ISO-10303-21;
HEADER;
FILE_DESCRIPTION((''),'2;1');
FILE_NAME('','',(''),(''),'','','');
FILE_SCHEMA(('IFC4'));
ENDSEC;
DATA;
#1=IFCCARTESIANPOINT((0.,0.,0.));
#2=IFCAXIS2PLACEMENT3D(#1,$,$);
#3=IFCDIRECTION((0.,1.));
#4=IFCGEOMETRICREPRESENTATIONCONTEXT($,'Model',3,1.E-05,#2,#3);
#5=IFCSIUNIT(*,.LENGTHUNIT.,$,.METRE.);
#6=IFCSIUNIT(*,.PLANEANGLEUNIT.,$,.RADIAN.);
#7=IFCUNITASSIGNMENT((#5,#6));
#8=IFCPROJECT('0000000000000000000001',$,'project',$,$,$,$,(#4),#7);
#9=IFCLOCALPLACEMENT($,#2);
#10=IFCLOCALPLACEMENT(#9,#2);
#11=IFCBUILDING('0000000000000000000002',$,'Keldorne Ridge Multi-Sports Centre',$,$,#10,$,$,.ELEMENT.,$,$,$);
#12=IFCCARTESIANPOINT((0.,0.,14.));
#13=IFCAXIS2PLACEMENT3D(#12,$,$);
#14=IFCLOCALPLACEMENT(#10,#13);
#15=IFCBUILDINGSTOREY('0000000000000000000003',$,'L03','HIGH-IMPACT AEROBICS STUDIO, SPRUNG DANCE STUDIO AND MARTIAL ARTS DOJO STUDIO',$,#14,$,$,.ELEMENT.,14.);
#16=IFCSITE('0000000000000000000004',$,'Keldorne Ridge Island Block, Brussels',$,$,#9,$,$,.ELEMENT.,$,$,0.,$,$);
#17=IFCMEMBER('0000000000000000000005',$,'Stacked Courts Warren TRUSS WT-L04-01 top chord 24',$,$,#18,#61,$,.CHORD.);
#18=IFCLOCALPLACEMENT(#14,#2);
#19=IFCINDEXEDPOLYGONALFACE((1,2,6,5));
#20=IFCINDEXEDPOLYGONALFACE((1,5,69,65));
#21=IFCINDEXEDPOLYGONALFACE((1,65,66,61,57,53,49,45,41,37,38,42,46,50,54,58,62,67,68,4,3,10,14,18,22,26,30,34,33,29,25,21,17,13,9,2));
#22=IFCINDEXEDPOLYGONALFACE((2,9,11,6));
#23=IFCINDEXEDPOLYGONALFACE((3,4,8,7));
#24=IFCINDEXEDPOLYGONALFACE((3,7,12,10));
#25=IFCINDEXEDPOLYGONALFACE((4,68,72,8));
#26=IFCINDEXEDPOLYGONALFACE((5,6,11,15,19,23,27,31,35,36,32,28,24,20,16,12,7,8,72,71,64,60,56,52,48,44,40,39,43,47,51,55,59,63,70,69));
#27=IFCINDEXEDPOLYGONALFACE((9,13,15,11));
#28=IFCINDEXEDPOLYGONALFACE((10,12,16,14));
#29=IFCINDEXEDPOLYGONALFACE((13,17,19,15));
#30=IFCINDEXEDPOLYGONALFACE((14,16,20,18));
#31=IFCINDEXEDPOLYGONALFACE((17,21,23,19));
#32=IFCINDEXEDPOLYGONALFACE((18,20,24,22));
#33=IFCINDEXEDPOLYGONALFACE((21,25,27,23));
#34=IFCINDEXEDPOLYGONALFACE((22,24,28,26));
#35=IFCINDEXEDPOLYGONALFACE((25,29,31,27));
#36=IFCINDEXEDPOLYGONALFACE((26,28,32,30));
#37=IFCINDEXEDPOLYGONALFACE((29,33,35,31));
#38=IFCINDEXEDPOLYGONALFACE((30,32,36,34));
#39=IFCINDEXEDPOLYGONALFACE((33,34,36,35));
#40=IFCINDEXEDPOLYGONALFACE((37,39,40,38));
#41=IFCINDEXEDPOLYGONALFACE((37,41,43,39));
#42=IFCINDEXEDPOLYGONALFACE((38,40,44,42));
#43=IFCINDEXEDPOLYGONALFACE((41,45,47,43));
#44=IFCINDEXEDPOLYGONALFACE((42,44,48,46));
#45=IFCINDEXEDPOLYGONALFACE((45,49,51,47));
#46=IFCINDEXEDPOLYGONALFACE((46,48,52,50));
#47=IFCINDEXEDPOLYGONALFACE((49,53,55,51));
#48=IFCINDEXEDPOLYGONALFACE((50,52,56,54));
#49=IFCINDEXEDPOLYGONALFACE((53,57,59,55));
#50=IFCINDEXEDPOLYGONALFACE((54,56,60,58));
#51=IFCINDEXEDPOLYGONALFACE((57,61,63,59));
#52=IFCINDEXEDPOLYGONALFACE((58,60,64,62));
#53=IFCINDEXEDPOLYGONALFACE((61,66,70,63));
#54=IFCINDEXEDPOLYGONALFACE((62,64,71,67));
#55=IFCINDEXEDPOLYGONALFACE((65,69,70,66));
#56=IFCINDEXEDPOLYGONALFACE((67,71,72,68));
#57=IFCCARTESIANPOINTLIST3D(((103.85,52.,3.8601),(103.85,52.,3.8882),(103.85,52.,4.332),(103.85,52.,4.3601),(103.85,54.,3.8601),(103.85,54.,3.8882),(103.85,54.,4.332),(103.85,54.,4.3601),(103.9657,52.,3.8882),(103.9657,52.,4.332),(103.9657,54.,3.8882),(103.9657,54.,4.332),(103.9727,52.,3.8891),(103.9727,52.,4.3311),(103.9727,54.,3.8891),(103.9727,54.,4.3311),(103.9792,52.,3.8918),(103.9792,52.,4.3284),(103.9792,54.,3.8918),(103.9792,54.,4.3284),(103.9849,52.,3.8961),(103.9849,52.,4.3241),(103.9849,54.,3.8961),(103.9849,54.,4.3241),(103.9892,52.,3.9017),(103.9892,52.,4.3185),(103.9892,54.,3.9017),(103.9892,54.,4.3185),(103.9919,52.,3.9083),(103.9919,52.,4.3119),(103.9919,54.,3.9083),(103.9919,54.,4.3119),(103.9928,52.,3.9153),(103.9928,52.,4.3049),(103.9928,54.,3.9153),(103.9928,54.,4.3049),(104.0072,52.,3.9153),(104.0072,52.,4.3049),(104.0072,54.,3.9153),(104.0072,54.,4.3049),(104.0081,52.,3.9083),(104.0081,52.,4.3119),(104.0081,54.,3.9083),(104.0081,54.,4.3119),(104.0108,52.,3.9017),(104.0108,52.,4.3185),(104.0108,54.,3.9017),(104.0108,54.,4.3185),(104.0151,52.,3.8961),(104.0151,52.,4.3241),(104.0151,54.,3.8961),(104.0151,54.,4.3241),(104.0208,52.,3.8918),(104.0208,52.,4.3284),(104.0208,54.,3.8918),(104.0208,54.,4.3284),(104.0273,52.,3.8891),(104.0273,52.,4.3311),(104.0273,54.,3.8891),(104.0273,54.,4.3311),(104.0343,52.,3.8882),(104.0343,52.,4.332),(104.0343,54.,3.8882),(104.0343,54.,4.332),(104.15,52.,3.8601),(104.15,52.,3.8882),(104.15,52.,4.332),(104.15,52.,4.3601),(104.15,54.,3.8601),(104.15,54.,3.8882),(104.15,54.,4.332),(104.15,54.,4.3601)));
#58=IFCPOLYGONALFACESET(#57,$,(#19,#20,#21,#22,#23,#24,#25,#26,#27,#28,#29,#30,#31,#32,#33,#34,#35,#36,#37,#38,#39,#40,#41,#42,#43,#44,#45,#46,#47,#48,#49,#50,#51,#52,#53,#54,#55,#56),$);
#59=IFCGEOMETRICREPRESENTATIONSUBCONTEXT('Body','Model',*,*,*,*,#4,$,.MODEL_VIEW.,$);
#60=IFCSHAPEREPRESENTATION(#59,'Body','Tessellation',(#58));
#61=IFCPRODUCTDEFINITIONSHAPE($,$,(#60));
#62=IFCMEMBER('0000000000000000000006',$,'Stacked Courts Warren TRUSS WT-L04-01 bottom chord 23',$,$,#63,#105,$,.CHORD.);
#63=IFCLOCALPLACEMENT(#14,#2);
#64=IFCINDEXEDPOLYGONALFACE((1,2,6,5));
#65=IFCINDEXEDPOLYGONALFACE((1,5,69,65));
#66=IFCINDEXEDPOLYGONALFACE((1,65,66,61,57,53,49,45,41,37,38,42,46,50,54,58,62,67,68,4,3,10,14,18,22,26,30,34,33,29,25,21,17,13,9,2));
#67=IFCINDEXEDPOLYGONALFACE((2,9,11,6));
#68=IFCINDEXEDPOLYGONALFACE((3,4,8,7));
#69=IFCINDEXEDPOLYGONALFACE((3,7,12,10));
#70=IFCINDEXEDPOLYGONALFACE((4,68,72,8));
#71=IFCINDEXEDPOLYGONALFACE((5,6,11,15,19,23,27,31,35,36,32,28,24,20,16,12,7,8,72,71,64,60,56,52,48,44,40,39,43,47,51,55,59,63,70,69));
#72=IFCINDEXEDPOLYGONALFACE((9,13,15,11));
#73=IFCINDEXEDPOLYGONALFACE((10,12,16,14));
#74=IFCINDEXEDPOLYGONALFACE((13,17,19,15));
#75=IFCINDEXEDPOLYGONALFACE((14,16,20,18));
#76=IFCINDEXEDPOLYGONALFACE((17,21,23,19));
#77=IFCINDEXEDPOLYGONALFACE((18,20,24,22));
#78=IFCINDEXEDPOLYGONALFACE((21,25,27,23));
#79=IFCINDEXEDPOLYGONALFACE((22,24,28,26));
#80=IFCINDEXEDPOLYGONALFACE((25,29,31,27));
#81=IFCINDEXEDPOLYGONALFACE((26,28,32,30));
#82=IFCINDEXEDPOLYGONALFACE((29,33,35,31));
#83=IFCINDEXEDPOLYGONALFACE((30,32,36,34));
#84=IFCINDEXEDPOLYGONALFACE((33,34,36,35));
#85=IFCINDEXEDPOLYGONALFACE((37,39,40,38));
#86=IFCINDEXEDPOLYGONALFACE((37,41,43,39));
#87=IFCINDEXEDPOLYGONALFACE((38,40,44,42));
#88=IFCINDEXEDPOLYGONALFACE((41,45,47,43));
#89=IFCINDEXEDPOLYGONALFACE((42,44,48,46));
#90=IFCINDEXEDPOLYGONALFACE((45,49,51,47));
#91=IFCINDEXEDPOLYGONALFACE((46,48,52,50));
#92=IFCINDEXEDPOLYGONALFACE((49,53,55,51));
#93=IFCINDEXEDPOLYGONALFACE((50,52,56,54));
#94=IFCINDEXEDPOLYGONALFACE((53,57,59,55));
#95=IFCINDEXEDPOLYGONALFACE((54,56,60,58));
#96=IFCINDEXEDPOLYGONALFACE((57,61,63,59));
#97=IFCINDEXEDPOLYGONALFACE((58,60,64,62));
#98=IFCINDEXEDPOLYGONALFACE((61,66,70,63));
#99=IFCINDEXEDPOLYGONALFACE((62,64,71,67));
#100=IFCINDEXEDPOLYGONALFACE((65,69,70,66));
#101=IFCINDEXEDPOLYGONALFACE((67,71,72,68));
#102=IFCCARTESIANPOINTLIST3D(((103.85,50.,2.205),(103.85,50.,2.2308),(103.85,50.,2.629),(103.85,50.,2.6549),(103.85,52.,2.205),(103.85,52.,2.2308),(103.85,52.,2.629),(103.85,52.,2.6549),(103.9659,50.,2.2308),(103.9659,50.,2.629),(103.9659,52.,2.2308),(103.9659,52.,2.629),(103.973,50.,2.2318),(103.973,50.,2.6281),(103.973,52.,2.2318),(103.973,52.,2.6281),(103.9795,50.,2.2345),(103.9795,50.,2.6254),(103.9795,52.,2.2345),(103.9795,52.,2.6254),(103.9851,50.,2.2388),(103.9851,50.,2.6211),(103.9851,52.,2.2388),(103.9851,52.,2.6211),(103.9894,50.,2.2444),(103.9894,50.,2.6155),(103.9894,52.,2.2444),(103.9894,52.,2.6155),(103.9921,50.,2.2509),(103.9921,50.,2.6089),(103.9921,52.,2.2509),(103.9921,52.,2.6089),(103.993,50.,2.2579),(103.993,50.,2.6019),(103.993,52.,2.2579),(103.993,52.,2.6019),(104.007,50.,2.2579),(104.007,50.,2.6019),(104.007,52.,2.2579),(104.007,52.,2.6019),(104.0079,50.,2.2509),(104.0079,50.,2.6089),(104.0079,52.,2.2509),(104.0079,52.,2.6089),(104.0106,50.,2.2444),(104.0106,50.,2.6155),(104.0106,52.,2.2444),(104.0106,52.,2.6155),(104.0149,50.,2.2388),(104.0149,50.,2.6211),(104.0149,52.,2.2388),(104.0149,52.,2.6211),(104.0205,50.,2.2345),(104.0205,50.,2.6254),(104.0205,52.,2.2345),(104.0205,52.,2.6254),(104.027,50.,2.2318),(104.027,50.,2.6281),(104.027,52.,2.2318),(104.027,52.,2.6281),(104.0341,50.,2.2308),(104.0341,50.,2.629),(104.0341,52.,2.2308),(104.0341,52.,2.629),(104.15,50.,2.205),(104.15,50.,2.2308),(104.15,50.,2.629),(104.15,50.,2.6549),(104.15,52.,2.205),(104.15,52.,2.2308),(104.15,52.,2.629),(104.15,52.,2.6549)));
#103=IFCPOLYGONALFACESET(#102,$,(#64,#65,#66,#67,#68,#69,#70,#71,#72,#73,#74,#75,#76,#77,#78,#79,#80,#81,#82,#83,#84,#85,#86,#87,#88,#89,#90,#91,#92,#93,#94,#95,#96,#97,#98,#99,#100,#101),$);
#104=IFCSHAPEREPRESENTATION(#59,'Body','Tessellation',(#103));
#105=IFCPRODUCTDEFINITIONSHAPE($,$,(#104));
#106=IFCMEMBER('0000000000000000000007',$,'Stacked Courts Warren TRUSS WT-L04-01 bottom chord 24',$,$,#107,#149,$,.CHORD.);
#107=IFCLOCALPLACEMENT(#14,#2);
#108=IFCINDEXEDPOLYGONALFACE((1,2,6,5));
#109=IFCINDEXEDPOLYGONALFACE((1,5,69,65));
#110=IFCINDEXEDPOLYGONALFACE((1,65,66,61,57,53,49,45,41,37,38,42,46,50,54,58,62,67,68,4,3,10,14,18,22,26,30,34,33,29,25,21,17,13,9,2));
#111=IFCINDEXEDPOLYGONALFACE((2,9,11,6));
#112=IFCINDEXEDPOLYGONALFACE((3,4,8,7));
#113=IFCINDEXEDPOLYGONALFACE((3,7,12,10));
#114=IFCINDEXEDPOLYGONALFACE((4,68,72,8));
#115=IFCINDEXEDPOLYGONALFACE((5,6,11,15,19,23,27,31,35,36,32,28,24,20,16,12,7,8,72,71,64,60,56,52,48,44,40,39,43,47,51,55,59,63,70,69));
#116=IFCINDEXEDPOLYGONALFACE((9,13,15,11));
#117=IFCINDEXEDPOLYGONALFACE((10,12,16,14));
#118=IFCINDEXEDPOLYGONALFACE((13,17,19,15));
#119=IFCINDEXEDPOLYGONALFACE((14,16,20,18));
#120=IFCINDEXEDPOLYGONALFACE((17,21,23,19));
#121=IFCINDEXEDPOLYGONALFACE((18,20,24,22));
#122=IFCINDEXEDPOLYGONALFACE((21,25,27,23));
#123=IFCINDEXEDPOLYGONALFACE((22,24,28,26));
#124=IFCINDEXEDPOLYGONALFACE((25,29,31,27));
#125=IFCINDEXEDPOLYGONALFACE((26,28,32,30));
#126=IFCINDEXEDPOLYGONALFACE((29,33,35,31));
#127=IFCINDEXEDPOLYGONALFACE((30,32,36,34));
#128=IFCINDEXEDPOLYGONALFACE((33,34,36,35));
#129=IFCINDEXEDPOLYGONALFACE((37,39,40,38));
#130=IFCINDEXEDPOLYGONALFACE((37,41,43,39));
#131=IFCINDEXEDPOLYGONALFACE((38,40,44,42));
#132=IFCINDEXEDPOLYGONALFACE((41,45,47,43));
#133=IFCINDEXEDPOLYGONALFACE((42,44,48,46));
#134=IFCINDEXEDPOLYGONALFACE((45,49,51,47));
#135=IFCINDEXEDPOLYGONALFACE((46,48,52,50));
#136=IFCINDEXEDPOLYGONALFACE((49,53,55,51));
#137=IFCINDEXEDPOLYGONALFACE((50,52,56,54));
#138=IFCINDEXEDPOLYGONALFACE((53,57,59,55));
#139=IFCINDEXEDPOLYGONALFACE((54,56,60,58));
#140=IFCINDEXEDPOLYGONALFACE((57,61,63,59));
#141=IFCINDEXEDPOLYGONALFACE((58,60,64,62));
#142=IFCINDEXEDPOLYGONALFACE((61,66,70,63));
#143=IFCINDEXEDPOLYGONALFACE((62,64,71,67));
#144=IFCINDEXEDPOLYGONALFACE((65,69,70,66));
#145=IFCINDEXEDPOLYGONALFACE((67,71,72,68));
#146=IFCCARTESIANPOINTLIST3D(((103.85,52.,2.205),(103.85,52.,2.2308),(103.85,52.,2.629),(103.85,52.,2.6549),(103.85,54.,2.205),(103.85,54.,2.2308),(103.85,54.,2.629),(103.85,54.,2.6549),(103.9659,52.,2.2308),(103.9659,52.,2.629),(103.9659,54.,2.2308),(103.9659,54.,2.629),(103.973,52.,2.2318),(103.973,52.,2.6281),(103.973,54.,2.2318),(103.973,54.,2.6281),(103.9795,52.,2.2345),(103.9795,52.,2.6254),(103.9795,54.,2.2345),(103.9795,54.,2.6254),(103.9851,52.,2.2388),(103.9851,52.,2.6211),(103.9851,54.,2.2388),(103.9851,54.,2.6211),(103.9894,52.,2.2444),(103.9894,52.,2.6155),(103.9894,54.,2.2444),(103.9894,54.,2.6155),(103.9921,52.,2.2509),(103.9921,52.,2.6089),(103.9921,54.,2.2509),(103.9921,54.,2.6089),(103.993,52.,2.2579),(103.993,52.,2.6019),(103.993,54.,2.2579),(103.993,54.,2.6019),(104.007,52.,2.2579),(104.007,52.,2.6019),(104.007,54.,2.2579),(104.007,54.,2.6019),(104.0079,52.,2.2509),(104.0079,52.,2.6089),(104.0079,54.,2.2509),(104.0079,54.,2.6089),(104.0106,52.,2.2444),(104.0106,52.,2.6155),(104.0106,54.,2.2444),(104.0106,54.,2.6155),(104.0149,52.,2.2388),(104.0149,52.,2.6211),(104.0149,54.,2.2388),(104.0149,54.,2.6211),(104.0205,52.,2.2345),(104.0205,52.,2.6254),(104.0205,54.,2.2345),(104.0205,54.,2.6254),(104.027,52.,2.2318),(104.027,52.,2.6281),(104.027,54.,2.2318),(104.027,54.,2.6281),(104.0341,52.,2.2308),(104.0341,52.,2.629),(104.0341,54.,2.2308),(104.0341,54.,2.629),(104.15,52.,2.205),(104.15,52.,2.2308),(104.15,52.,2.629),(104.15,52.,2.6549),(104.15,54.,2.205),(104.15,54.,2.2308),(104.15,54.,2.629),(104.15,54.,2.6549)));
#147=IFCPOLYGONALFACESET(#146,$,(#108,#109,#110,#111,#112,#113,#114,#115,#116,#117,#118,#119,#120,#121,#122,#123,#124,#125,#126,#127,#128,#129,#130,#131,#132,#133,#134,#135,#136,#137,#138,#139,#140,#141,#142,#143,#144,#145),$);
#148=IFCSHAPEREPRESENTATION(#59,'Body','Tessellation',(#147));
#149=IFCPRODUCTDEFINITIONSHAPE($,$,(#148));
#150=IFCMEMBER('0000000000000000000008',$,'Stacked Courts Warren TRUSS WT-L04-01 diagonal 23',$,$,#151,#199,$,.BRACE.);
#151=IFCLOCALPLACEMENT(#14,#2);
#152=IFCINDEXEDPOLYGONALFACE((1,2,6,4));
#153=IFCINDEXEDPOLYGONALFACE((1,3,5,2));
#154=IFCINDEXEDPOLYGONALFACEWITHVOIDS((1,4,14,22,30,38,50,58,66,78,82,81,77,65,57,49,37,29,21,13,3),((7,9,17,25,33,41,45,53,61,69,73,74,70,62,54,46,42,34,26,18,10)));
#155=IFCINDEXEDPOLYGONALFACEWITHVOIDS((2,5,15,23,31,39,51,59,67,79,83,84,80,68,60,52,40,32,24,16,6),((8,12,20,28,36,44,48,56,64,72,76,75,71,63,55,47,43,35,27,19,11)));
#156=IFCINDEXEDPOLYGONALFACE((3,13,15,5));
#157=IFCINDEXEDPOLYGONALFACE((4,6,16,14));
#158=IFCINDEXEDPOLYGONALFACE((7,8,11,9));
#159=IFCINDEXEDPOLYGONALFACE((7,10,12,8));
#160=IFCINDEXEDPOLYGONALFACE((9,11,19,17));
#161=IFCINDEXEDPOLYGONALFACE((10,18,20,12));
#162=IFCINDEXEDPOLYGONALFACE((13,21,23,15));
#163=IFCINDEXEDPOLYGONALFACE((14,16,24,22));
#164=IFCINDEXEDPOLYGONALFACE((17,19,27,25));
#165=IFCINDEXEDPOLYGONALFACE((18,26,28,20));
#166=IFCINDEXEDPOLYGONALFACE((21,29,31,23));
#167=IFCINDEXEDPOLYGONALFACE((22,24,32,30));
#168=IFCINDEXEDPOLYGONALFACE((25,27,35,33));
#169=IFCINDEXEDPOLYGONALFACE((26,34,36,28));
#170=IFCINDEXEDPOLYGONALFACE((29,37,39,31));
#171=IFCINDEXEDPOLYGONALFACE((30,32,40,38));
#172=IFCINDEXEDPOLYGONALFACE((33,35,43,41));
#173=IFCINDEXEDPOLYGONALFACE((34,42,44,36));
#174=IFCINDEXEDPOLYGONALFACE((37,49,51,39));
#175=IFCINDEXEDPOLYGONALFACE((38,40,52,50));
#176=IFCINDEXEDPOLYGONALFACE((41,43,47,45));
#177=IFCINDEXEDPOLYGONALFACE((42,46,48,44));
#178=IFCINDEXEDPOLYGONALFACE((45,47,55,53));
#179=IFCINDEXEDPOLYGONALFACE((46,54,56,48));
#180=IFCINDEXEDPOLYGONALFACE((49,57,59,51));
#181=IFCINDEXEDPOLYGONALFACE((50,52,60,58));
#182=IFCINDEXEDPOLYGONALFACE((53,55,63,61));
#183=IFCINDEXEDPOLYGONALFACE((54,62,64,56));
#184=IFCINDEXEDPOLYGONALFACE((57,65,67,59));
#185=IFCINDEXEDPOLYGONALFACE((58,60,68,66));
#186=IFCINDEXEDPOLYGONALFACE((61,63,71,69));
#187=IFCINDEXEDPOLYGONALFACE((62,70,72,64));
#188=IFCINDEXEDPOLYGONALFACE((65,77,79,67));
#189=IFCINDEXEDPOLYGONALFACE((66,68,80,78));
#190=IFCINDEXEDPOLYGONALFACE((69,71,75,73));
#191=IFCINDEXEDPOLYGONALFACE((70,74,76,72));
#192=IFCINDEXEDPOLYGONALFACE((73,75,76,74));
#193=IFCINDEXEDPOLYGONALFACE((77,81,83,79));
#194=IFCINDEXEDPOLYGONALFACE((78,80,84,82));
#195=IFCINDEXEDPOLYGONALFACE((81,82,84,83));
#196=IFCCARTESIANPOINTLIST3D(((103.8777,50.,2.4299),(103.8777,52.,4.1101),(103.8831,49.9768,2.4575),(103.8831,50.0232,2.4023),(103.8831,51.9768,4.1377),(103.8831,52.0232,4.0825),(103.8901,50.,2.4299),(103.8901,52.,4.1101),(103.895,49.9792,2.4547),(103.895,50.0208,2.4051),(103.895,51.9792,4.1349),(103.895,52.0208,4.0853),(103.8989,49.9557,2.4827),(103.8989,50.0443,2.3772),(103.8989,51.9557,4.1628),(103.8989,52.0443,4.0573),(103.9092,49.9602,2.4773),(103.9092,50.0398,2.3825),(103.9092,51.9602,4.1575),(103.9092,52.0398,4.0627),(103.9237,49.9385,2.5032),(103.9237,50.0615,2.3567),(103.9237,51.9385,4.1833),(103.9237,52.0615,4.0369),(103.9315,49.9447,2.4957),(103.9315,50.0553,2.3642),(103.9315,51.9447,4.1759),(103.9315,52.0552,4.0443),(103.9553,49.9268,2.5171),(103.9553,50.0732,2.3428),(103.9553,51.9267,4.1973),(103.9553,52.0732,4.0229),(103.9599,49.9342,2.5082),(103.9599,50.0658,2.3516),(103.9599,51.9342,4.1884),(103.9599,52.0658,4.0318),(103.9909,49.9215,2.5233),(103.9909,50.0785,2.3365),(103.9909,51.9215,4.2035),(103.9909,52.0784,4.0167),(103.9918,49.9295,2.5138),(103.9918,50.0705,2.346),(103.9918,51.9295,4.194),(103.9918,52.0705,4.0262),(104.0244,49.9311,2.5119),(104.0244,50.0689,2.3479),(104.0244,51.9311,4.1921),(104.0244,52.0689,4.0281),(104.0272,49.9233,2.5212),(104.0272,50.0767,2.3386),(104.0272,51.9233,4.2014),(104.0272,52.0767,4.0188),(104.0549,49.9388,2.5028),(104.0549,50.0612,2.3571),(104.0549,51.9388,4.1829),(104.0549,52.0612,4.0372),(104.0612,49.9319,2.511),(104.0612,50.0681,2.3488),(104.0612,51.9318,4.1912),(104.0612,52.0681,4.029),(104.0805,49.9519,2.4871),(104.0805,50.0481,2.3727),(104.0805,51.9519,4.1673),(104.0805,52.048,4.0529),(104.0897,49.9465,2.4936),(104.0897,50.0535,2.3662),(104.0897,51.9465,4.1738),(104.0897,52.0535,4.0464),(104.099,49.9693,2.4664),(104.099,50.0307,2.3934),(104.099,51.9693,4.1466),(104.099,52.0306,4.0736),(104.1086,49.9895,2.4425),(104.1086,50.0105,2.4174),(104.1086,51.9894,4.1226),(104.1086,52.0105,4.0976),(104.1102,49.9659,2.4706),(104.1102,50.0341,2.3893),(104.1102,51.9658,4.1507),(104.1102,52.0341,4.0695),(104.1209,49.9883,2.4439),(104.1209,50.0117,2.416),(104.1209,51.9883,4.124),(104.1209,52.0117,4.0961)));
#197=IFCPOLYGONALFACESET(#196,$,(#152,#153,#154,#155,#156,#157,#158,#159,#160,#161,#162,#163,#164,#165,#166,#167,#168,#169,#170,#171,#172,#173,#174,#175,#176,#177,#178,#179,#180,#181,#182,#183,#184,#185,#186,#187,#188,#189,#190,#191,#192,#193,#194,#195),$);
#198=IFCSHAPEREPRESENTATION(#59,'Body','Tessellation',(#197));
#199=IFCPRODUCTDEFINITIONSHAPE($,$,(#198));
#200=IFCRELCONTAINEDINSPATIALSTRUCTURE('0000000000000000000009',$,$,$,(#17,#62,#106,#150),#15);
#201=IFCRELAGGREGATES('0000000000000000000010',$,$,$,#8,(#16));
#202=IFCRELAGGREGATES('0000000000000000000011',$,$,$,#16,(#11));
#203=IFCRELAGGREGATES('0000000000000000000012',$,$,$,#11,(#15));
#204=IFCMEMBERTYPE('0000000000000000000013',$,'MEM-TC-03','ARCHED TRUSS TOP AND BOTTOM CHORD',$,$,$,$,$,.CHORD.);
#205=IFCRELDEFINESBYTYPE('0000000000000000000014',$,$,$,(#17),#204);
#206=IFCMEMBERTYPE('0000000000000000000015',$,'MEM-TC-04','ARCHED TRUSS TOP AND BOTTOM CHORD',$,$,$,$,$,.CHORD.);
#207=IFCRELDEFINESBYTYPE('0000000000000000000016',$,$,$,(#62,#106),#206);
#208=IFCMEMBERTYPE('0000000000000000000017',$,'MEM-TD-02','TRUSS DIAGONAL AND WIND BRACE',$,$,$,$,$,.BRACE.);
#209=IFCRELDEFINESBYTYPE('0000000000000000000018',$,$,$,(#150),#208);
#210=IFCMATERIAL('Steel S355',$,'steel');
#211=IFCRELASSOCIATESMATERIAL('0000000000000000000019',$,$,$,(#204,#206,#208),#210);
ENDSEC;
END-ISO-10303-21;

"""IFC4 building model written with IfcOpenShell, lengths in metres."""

from ifc_helpers import new_model, si_unit, direction, frame, origin, origin_2d, place, context, subcontext, project, spatial, hollow_circle, i_section, extrude, material, material_profile, profile_set, type_object, element, save


model = new_model("IFC4")

# Units and contexts
model_context = context("Model", 3, precision=1e-05, world=origin(), true_north=direction((0.0, 1.0)))
body_context = subcontext(model_context, "Body", "Model", "MODEL_VIEW")
ifc_project = project(units=[si_unit("LENGTHUNIT", "METRE"), si_unit("PLANEANGLEUNIT", "RADIAN")], contexts=[model_context])

# Site, building, storey
site_placement = place(None, origin())
site = spatial("IfcSite", under=ifc_project, at=site_placement, Name="Keldorne Ridge Island Block, Brussels", CompositionType="ELEMENT", RefElevation=0.0)
building_placement = place(site_placement, origin())
building = spatial("IfcBuilding", under=site, at=building_placement, Name="Keldorne Ridge Multi-Sports Centre", CompositionType="ELEMENT")
storey_placement = place(building_placement, frame((0.0, 0.0, 14.0)))
storey = spatial("IfcBuildingStorey", under=building, at=storey_placement, Name="L03", Description="HIGH-IMPACT AEROBICS STUDIO, SPRUNG DANCE STUDIO AND MARTIAL ARTS DOJO STUDIO", CompositionType="ELEMENT", Elevation=14.0)

# Shared definitions
ifc_material_1 = material(Name="Steel S355", Category="steel")

# Members
ifc_material_profile_1 = material_profile(ifc_material_1, i_section(OverallWidth=0.3, OverallDepth=0.5, WebThickness=0.0144, FlangeThickness=0.0281, FilletRadius=0.0271, at=origin_2d()), Name="HEB 500")
ifc_profile_set_1 = profile_set([ifc_material_profile_1], Name="Steel S355")
member_type_1 = type_object("IfcMemberType", Name="MEM-TC-03", Description="ARCHED TRUSS TOP AND BOTTOM CHORD", PredefinedType="CHORD", material=ifc_profile_set_1)
for number, where, z_axis, x_axis, name in (
    (1, (104.0, 52.0, 4.1101), (0.0, 1.0, 0.0), (-1.0, 0.0, 0.0), "Stacked Courts Warren TRUSS WT-L04-01 top chord 24"),
):
    element("IfcMember", number, at=place(storey_placement, frame(where, z_axis=z_axis, x_axis=x_axis)), inside=storey, type_object=member_type_1, Name=name, PredefinedType="CHORD", context=body_context, shape_type="SweptSolid", body=[
        extrude(i_section(OverallWidth=0.3, OverallDepth=0.5, WebThickness=0.0144, FlangeThickness=0.0281, FilletRadius=0.0271, at=origin_2d()), origin(), (0.0, 0.0, 1.0), 2.0),
    ])
ifc_material_profile_2 = material_profile(ifc_material_1, i_section(OverallWidth=0.3, OverallDepth=0.45, WebThickness=0.0139, FlangeThickness=0.0259, FilletRadius=0.0271, at=origin_2d()), Name="HEB 450")
ifc_profile_set_2 = profile_set([ifc_material_profile_2], Name="Steel S355")
member_type_2 = type_object("IfcMemberType", Name="MEM-TC-04", Description="ARCHED TRUSS TOP AND BOTTOM CHORD", PredefinedType="CHORD", material=ifc_profile_set_2)
for number, where, z_axis, x_axis, name in (
    (2, (104.0, 50.0, 2.4299), (0.0, 1.0, 0.0), (-1.0, 0.0, 0.0), "Stacked Courts Warren TRUSS WT-L04-01 bottom chord 23"),
    (3, (104.0, 52.0, 2.4299), (0.0, 1.0, 0.0), (-1.0, 0.0, 0.0), "Stacked Courts Warren TRUSS WT-L04-01 bottom chord 24"),
):
    element("IfcMember", number, at=place(storey_placement, frame(where, z_axis=z_axis, x_axis=x_axis)), inside=storey, type_object=member_type_2, Name=name, PredefinedType="CHORD", context=body_context, shape_type="SweptSolid", body=[
        extrude(i_section(OverallWidth=0.3, OverallDepth=0.45, WebThickness=0.0139, FlangeThickness=0.0259, FilletRadius=0.0271, at=origin_2d()), origin(), (0.0, 0.0, 1.0), 2.0),
    ])
ifc_material_profile_3 = material_profile(ifc_material_1, hollow_circle(Radius=0.1223, WallThickness=0.0125, at=origin_2d()), Name="CHS 244.5x12.5")
ifc_profile_set_3 = profile_set([ifc_material_profile_3], Name="Steel S355")
member_type_3 = type_object("IfcMemberType", Name="MEM-TD-02", Description="TRUSS DIAGONAL AND WIND BRACE", PredefinedType="BRACE", material=ifc_profile_set_3)
for number, where, z_axis, x_axis, name in (
    (4, (104.0, 50.0, 2.4299), (0.0, 0.765672, 0.643232), (-1.0, 0.0, 0.0), "Stacked Courts Warren TRUSS WT-L04-01 diagonal 23"),
):
    element("IfcMember", number, at=place(storey_placement, frame(where, z_axis=z_axis, x_axis=x_axis)), inside=storey, type_object=member_type_3, Name=name, PredefinedType="BRACE", context=body_context, shape_type="SweptSolid", body=[
        extrude(hollow_circle(Radius=0.1223, WallThickness=0.0125, at=origin_2d()), origin(), (0.0, 0.0, 1.0), 2.6121),
    ])

save(model, "model.ifc")
